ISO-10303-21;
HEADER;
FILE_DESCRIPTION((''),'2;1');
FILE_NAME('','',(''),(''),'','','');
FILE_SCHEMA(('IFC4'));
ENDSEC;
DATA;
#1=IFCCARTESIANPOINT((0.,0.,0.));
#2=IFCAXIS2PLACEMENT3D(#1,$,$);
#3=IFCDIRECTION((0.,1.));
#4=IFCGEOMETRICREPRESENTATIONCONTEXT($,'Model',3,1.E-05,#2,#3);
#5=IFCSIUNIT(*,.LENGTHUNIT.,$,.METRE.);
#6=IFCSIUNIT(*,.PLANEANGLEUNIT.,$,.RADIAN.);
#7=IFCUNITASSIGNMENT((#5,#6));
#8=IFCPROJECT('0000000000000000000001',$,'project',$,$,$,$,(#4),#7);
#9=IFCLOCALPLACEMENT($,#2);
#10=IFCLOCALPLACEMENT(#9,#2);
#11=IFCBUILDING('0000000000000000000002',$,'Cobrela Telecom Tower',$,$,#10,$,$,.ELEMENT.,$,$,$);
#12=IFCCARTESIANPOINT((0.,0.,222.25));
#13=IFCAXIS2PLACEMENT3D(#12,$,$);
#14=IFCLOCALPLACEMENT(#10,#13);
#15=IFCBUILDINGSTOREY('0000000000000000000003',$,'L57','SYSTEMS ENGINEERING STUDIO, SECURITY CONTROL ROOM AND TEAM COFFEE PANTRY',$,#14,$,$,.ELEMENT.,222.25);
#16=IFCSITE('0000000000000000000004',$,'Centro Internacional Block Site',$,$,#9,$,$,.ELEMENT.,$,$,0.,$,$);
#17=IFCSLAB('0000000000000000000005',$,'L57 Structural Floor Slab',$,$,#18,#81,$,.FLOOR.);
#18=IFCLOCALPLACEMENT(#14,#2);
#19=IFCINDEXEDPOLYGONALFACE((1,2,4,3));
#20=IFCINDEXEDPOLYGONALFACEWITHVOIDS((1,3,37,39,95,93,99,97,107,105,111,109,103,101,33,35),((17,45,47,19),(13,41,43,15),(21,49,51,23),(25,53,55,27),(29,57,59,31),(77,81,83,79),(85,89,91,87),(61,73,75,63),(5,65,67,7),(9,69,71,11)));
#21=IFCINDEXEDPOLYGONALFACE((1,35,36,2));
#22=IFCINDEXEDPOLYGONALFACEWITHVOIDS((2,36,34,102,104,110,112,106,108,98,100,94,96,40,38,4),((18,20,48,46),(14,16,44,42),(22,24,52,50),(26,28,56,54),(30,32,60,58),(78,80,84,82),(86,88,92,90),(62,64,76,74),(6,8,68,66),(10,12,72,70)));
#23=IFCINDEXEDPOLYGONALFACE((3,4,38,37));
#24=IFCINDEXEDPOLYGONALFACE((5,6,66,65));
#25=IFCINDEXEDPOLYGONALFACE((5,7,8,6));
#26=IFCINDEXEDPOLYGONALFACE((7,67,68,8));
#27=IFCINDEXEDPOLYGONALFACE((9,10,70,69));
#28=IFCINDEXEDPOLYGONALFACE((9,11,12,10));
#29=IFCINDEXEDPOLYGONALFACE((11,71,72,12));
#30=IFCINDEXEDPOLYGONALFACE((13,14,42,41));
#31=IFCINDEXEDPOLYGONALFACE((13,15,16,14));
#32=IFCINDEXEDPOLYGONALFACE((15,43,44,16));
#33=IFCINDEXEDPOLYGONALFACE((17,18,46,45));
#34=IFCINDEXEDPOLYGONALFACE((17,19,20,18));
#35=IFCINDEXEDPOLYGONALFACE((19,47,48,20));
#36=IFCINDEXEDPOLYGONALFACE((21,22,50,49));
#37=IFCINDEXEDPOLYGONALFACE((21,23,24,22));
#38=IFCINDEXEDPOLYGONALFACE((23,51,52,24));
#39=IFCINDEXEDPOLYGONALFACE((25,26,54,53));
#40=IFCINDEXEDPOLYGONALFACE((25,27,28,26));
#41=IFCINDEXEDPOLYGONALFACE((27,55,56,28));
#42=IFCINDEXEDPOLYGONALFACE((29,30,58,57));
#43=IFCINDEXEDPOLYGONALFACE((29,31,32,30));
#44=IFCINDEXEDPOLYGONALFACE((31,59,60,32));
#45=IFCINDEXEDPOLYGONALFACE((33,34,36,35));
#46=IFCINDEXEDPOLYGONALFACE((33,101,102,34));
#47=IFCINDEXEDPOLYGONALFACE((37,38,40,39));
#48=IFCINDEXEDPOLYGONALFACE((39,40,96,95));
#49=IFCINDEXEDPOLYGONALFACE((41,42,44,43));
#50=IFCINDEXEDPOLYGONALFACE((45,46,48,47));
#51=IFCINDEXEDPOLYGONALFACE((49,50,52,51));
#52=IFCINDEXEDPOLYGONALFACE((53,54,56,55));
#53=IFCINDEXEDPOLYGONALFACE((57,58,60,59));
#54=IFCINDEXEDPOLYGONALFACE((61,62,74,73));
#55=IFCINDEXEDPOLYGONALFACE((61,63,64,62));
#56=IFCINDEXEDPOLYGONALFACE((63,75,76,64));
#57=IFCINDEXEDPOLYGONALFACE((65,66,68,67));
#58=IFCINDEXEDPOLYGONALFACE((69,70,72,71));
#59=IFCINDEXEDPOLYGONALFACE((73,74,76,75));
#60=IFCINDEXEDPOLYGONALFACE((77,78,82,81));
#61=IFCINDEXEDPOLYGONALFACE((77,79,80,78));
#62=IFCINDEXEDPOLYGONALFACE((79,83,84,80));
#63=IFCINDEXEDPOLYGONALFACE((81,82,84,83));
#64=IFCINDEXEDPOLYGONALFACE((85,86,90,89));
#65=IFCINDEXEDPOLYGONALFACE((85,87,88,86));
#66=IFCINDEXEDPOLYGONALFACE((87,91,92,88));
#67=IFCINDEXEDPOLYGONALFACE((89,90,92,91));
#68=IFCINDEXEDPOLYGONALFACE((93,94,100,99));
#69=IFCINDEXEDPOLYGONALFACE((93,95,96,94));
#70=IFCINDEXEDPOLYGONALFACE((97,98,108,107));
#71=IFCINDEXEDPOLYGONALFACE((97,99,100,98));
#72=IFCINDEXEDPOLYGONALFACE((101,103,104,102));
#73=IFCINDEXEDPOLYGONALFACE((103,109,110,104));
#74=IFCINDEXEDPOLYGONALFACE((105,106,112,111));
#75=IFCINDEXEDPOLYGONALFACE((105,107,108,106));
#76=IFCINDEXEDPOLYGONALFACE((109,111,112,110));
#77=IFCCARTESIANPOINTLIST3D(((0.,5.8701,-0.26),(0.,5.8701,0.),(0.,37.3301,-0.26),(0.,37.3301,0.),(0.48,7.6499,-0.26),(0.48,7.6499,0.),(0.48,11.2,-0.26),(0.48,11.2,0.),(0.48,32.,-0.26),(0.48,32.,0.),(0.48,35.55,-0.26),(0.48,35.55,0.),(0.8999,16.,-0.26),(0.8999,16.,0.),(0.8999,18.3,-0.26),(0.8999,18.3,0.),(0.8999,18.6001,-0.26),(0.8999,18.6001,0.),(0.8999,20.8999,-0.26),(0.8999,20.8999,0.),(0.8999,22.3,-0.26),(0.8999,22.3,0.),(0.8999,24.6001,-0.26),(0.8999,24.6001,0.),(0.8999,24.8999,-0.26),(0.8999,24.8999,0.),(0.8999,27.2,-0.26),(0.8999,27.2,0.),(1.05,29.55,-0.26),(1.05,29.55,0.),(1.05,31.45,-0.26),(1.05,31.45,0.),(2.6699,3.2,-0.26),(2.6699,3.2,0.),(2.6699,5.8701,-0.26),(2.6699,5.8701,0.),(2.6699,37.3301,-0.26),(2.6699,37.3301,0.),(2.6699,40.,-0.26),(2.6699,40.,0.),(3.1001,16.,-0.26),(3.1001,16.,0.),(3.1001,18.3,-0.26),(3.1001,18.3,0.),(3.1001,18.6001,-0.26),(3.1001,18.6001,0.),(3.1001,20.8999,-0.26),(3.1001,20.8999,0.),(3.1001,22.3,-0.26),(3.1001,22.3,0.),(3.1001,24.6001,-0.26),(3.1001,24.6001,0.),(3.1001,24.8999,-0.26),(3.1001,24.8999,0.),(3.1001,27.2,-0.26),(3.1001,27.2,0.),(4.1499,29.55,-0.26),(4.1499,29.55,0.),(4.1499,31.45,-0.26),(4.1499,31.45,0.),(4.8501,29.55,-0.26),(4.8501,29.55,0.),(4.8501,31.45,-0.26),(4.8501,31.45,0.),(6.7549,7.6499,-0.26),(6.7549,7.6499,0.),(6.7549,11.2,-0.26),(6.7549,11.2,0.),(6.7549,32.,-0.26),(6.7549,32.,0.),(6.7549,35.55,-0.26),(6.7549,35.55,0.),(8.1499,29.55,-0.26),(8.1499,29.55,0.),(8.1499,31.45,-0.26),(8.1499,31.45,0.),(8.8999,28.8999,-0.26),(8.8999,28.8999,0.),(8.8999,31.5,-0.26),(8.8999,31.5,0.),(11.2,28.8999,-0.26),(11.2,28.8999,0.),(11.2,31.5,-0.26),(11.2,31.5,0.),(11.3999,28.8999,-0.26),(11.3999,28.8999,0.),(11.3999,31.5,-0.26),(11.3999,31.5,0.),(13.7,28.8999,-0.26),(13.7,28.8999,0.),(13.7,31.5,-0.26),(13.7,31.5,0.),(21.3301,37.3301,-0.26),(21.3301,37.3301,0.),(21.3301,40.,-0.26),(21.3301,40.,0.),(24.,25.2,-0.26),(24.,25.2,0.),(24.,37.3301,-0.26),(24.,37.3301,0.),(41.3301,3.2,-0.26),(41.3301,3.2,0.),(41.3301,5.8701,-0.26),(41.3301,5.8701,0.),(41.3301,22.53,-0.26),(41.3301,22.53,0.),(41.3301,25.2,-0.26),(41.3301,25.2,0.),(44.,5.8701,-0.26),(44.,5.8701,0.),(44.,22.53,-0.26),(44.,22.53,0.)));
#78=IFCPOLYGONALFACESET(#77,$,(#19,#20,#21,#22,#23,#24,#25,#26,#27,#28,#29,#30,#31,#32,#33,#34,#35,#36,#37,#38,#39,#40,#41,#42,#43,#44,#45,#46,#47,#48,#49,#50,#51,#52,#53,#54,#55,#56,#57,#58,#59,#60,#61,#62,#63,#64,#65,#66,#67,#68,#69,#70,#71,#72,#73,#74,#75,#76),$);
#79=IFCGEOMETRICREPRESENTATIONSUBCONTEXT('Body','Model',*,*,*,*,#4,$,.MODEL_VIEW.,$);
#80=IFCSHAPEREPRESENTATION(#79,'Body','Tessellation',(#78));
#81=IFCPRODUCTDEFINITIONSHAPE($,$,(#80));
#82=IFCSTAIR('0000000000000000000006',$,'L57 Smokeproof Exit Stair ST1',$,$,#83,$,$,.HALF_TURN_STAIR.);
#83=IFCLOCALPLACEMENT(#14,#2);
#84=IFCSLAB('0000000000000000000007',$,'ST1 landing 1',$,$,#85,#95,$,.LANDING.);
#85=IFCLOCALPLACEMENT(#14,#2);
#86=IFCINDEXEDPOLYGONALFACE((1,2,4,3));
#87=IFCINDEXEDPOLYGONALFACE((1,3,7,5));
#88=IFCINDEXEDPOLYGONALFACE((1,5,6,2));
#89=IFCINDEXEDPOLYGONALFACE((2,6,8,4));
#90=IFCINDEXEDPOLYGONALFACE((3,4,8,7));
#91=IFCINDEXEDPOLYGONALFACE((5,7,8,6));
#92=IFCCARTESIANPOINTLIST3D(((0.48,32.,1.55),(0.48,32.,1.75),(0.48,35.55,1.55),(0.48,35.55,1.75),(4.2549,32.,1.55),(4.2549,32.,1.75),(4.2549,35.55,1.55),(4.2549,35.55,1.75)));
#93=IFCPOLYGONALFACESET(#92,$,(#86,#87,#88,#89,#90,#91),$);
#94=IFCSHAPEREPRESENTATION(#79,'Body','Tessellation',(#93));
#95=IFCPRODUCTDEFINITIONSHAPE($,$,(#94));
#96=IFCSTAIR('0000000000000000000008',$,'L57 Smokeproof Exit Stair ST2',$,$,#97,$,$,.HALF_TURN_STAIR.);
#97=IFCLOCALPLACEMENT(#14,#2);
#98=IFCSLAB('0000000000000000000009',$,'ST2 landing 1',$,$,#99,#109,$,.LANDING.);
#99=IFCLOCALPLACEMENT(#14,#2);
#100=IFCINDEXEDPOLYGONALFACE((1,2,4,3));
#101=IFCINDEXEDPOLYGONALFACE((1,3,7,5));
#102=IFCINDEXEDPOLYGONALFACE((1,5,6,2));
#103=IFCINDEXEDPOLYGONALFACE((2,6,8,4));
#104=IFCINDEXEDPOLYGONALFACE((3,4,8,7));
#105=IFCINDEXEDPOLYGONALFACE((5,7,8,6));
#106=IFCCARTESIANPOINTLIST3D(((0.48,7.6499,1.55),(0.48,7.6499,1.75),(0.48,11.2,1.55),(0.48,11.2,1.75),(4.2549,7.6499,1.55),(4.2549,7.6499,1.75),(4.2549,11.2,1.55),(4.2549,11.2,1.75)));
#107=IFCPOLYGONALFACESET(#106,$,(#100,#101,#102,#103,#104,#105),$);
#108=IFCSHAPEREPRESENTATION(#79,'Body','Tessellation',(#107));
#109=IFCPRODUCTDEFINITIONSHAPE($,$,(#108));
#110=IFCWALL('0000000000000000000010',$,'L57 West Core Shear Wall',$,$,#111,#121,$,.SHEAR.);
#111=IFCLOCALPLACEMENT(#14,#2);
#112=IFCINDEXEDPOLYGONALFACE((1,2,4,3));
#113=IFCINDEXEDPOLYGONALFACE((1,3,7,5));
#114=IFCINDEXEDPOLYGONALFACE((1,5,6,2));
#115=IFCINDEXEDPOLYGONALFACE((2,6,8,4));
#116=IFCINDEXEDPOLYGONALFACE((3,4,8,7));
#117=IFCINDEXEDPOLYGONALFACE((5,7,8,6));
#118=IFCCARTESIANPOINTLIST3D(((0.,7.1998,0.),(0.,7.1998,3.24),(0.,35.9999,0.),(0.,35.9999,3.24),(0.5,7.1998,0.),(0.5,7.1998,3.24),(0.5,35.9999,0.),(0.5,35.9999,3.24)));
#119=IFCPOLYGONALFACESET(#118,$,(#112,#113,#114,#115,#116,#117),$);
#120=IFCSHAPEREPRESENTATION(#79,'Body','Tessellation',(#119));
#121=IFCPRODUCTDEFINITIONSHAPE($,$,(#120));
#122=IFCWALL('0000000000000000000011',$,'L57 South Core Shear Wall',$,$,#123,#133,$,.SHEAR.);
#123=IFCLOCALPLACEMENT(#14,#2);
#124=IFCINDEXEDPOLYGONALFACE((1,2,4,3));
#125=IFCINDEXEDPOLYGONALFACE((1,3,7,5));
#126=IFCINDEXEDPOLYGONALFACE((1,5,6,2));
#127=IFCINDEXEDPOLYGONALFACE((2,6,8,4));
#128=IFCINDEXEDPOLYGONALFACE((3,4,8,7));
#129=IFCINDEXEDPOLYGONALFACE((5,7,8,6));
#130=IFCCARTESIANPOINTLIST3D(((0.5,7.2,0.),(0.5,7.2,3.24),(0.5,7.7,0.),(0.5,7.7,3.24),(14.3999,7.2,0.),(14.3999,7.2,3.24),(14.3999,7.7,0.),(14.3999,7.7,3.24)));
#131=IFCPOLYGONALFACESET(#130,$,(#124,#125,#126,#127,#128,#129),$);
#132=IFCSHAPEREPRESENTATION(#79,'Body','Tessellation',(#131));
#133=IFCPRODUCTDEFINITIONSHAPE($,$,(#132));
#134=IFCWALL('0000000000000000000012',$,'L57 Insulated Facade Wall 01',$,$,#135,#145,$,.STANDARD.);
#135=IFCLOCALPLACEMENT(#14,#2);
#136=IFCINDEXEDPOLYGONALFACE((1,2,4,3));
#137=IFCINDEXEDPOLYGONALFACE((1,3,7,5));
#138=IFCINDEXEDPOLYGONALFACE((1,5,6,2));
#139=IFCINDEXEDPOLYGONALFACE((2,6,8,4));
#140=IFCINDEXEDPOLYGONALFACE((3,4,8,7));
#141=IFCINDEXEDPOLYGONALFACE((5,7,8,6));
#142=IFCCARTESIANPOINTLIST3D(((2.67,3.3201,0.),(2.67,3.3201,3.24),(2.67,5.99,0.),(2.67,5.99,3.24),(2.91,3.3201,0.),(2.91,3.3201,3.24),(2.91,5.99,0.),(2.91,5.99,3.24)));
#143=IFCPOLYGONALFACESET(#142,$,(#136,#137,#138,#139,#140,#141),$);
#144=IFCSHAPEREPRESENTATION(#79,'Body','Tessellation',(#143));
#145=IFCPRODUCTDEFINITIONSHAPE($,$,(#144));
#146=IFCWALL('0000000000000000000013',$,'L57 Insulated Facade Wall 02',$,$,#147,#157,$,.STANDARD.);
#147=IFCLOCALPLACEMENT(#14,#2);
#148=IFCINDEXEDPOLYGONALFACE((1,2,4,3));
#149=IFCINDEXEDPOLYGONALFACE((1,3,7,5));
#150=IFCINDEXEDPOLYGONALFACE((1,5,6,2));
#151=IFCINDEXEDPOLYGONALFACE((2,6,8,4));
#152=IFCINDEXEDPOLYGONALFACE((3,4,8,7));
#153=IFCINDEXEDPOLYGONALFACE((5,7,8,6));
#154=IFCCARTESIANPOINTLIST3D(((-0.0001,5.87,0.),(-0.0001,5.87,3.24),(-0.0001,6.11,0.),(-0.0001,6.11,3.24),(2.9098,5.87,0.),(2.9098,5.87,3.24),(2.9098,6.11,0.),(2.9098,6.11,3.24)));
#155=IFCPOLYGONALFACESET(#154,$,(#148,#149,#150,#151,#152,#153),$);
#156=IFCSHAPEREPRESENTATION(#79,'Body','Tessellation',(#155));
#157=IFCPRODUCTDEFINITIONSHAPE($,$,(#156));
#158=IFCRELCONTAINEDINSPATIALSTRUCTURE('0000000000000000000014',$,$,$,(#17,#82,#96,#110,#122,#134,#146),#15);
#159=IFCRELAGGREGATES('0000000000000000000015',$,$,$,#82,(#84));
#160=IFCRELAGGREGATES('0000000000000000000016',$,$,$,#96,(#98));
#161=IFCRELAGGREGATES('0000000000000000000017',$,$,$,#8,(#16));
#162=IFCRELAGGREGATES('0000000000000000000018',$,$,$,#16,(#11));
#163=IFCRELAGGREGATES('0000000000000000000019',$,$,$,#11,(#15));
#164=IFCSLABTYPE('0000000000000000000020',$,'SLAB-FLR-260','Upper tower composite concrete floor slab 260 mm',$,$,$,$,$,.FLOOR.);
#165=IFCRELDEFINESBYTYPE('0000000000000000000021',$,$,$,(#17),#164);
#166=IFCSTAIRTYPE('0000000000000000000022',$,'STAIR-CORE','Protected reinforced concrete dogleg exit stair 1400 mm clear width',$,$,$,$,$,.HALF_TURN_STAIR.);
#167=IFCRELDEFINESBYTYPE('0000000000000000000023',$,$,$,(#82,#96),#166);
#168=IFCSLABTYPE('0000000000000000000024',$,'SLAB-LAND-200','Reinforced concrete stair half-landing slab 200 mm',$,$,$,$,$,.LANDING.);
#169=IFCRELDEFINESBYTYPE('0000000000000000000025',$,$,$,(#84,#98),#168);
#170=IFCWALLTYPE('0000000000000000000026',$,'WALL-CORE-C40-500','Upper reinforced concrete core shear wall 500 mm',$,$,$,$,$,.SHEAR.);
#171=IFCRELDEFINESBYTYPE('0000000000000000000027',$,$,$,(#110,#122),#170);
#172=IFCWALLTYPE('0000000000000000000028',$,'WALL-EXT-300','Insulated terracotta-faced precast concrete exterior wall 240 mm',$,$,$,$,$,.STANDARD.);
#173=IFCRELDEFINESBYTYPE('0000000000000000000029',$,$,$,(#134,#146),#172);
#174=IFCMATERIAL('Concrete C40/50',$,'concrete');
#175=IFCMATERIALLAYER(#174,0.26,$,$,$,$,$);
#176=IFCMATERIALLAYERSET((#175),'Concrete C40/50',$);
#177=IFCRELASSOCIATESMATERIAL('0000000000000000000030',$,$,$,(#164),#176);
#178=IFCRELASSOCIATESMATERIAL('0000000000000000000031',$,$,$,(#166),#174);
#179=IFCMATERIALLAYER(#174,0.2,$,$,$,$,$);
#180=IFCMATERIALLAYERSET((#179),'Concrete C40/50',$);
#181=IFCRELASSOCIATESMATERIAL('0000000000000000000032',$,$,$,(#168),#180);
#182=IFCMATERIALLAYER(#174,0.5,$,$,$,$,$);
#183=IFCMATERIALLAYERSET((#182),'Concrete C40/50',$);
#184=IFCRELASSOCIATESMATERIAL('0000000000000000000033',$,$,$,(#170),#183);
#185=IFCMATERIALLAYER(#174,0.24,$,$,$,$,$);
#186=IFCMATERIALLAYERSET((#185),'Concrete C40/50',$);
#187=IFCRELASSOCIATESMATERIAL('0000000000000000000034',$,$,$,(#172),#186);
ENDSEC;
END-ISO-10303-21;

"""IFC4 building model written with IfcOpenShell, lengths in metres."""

from ifc_helpers import new_model, si_unit, direction, frame, frame_2d, origin, place, context, subcontext, project, spatial, polyline, rectangle, outline, extrude, material, layer, layer_set, type_object, element, aggregate, save


model = new_model("IFC4")

# Units and contexts
model_context = context("Model", 3, precision=1e-05, world=origin(), true_north=direction((0.0, 1.0)))
body_context = subcontext(model_context, "Body", "Model", "MODEL_VIEW")
ifc_project = project(units=[si_unit("LENGTHUNIT", "METRE"), si_unit("PLANEANGLEUNIT", "RADIAN")], contexts=[model_context])

# Site, building, storey
site_placement = place(None, origin())
site = spatial("IfcSite", under=ifc_project, at=site_placement, Name="Centro Internacional Block Site", CompositionType="ELEMENT", RefElevation=0.0)
building_placement = place(site_placement, origin())
building = spatial("IfcBuilding", under=site, at=building_placement, Name="Cobrela Telecom Tower", CompositionType="ELEMENT")
storey_placement = place(building_placement, frame((0.0, 0.0, 222.25)))
storey = spatial("IfcBuildingStorey", under=building, at=storey_placement, Name="L57", Description="SYSTEMS ENGINEERING STUDIO, SECURITY CONTROL ROOM AND TEAM COFFEE PANTRY", CompositionType="ELEMENT", Elevation=222.25)

# Slab, openings
ifc_material_1 = material(Name="Concrete C40/50", Category="concrete")
ifc_layer_1 = layer(ifc_material_1, 0.26)
ifc_layer_set_1 = layer_set([ifc_layer_1], Name="Concrete C40/50")
slab_type_1 = type_object("IfcSlabType", Name="SLAB-FLR-260", Description="Upper tower composite concrete floor slab 260 mm", PredefinedType="FLOOR", material=ifc_layer_set_1)
slab_1_placement = place(storey_placement, frame((0.0, 0.0, -0.26)))
slab_1 = element("IfcSlab", 1, at=slab_1_placement, inside=storey, type_object=slab_type_1, Name="L57 Structural Floor Slab", PredefinedType="FLOOR", context=body_context, shape_type="SweptSolid", body=[
    extrude(outline(polyline([(2.6699, 3.2), (41.3301, 3.2), (41.3301, 5.8701), (44.0, 5.8701), (44.0, 22.53), (41.3301, 22.53), (41.3301, 25.2), (24.0, 25.2), (24.0, 37.3301), (21.3301, 37.3301), (21.3301, 40.0), (2.6699, 40.0), (2.6699, 37.3301), (0.0, 37.3301), (0.0, 5.8701), (2.6699, 5.8701), (2.6699, 3.2)])), origin(), (0.0, 0.0, 1.0), 0.26),
])
opening_1_placement = place(slab_1_placement, frame((0.0, 0.0, -0.02)))
element("IfcOpeningElement", 2, at=opening_1_placement, cuts=slab_1, PredefinedType="OPENING", context=body_context, shape_type="SweptSolid", body=[
    extrude(outline(polyline([(8.8999, 28.8999), (11.2, 28.8999), (11.2, 31.5), (8.8999, 31.5), (8.8999, 28.8999)])), origin(), (0.0, 0.0, 1.0), 0.3),
])
opening_2_placement = place(slab_1_placement, frame((0.0, 0.0, -0.02)))
element("IfcOpeningElement", 3, at=opening_2_placement, cuts=slab_1, PredefinedType="OPENING", context=body_context, shape_type="SweptSolid", body=[
    extrude(outline(polyline([(11.3999, 28.8999), (13.7, 28.8999), (13.7, 31.5), (11.3999, 31.5), (11.3999, 28.8999)])), origin(), (0.0, 0.0, 1.0), 0.3),
])
opening_3_placement = place(slab_1_placement, frame((0.0, 0.0, -0.02)))
element("IfcOpeningElement", 4, at=opening_3_placement, cuts=slab_1, PredefinedType="OPENING", context=body_context, shape_type="SweptSolid", body=[
    extrude(outline(polyline([(0.8999, 16.0), (3.1001, 16.0), (3.1001, 18.3), (0.8999, 18.3), (0.8999, 16.0)])), origin(), (0.0, 0.0, 1.0), 0.3),
])
opening_4_placement = place(slab_1_placement, frame((0.0, 0.0, -0.02)))
element("IfcOpeningElement", 5, at=opening_4_placement, cuts=slab_1, PredefinedType="OPENING", context=body_context, shape_type="SweptSolid", body=[
    extrude(outline(polyline([(0.8999, 18.6001), (3.1001, 18.6001), (3.1001, 20.8999), (0.8999, 20.8999), (0.8999, 18.6001)])), origin(), (0.0, 0.0, 1.0), 0.3),
])
opening_5_placement = place(slab_1_placement, frame((0.0, 0.0, -0.02)))
element("IfcOpeningElement", 6, at=opening_5_placement, cuts=slab_1, PredefinedType="OPENING", context=body_context, shape_type="SweptSolid", body=[
    extrude(outline(polyline([(0.8999, 22.3), (3.1001, 22.3), (3.1001, 24.6001), (0.8999, 24.6001), (0.8999, 22.3)])), origin(), (0.0, 0.0, 1.0), 0.3),
])
opening_6_placement = place(slab_1_placement, frame((0.0, 0.0, -0.02)))
element("IfcOpeningElement", 7, at=opening_6_placement, cuts=slab_1, PredefinedType="OPENING", context=body_context, shape_type="SweptSolid", body=[
    extrude(outline(polyline([(0.8999, 24.8999), (3.1001, 24.8999), (3.1001, 27.2), (0.8999, 27.2), (0.8999, 24.8999)])), origin(), (0.0, 0.0, 1.0), 0.3),
])
opening_7_placement = place(slab_1_placement, frame((0.0, 0.0, -0.02)))
element("IfcOpeningElement", 8, at=opening_7_placement, cuts=slab_1, PredefinedType="OPENING", context=body_context, shape_type="SweptSolid", body=[
    extrude(outline(polyline([(1.05, 29.55), (4.1499, 29.55), (4.1499, 31.45), (1.05, 31.45), (1.05, 29.55)])), origin(), (0.0, 0.0, 1.0), 0.3),
])
opening_8_placement = place(slab_1_placement, frame((0.0, 0.0, -0.02)))
element("IfcOpeningElement", 9, at=opening_8_placement, cuts=slab_1, PredefinedType="OPENING", context=body_context, shape_type="SweptSolid", body=[
    extrude(outline(polyline([(4.8501, 29.55), (8.1499, 29.55), (8.1499, 31.45), (4.8501, 31.45), (4.8501, 29.55)])), origin(), (0.0, 0.0, 1.0), 0.3),
])
opening_9_placement = place(slab_1_placement, frame((0.0, 0.0, -0.02)))
element("IfcOpeningElement", 10, at=opening_9_placement, cuts=slab_1, PredefinedType="OPENING", context=body_context, shape_type="SweptSolid", body=[
    extrude(outline(polyline([(6.7549, 35.55), (0.48, 35.55), (0.48, 32.0), (6.7549, 32.0), (6.7549, 35.55)])), origin(), (0.0, 0.0, 1.0), 0.3),
])
opening_10_placement = place(slab_1_placement, frame((0.0, 0.0, -0.02)))
element("IfcOpeningElement", 11, at=opening_10_placement, cuts=slab_1, PredefinedType="OPENING", context=body_context, shape_type="SweptSolid", body=[
    extrude(outline(polyline([(6.7549, 11.2), (0.48, 11.2), (0.48, 7.6499), (6.7549, 7.6499), (6.7549, 11.2)])), origin(), (0.0, 0.0, 1.0), 0.3),
])

# Stairs, slabs
stair_type = type_object("IfcStairType", Name="STAIR-CORE", Description="Protected reinforced concrete dogleg exit stair 1400 mm clear width", PredefinedType="HALF_TURN_STAIR", material=ifc_material_1)
stair_1_placement = place(storey_placement, origin())
stair_1 = element("IfcStair", 12, at=stair_1_placement, inside=storey, type_object=stair_type, Name="L57 Smokeproof Exit Stair ST1", PredefinedType="HALF_TURN_STAIR")
ifc_layer_2 = layer(ifc_material_1, 0.2)
ifc_layer_set_2 = layer_set([ifc_layer_2], Name="Concrete C40/50")
slab_type_2 = type_object("IfcSlabType", Name="SLAB-LAND-200", Description="Reinforced concrete stair half-landing slab 200 mm", PredefinedType="LANDING", material=ifc_layer_set_2)
slab_2_placement = place(storey_placement, frame((0.0, 0.0, 1.55)))
slab_2 = element("IfcSlab", 13, at=slab_2_placement, type_object=slab_type_2, Name="ST1 landing 1", PredefinedType="LANDING", context=body_context, shape_type="SweptSolid", body=[
    extrude(outline(polyline([(4.2549, 35.55), (0.48, 35.55), (0.48, 32.0), (4.2549, 32.0), (4.2549, 35.55)])), origin(), (0.0, 0.0, 1.0), 0.2),
])
aggregate(stair_1, [slab_2])
stair_2_placement = place(storey_placement, origin())
stair_2 = element("IfcStair", 14, at=stair_2_placement, inside=storey, type_object=stair_type, Name="L57 Smokeproof Exit Stair ST2", PredefinedType="HALF_TURN_STAIR")
slab_3_placement = place(storey_placement, frame((0.0, 0.0, 1.55)))
slab_3 = element("IfcSlab", 15, at=slab_3_placement, type_object=slab_type_2, Name="ST2 landing 1", PredefinedType="LANDING", context=body_context, shape_type="SweptSolid", body=[
    extrude(outline(polyline([(4.2549, 11.2), (0.48, 11.2), (0.48, 7.6499), (4.2549, 7.6499), (4.2549, 11.2)])), origin(), (0.0, 0.0, 1.0), 0.2),
])

# Walls
ifc_layer_3 = layer(ifc_material_1, 0.5)
ifc_layer_set_3 = layer_set([ifc_layer_3], Name="Concrete C40/50")
wall_type_1 = type_object("IfcWallType", Name="WALL-CORE-C40-500", Description="Upper reinforced concrete core shear wall 500 mm", PredefinedType="SHEAR", material=ifc_layer_set_3)
wall_1_placement = place(storey_placement, frame((0.25, 7.2, 0.0), z_axis=(0.0, 0.0, 1.0), x_axis=(0.0, 1.0, 0.0)))
element("IfcWall", 16, at=wall_1_placement, inside=storey, type_object=wall_type_1, Name="L57 West Core Shear Wall", PredefinedType="SHEAR", context=body_context, shape_type="SweptSolid", body=[
    extrude(rectangle(XDim=28.8, YDim=0.5, at=frame_2d((14.3999, 0.0))), origin(), (0.0, 0.0, 1.0), 3.24),
])
wall_2_placement = place(storey_placement, frame((0.5, 7.45, 0.0), z_axis=(0.0, 0.0, 1.0), x_axis=(1.0, 0.0, 0.0)))
element("IfcWall", 17, at=wall_2_placement, inside=storey, type_object=wall_type_1, Name="L57 South Core Shear Wall", PredefinedType="SHEAR", context=body_context, shape_type="SweptSolid", body=[
    extrude(rectangle(XDim=13.8999, YDim=0.5, at=frame_2d((6.95, 0.0))), origin(), (0.0, 0.0, 1.0), 3.24),
])
ifc_layer_4 = layer(ifc_material_1, 0.24)
ifc_layer_set_4 = layer_set([ifc_layer_4], Name="Concrete C40/50")
wall_type_2 = type_object("IfcWallType", Name="WALL-EXT-300", Description="Insulated terracotta-faced precast concrete exterior wall 240 mm", PredefinedType="STANDARD", material=ifc_layer_set_4)
wall_3_placement = place(storey_placement, frame((2.79, 3.3201, 0.0), z_axis=(0.0, 0.0, 1.0), x_axis=(0.0, 1.0, 0.0)))
element("IfcWall", 18, at=wall_3_placement, inside=storey, type_object=wall_type_2, Name="L57 Insulated Facade Wall 01", PredefinedType="STANDARD", context=body_context, shape_type="SweptSolid", body=[
    extrude(rectangle(XDim=2.6699, YDim=0.24, at=frame_2d((1.335, 0.0))), origin(), (0.0, 0.0, 1.0), 3.24),
])
wall_4_placement = place(storey_placement, frame((2.9099, 5.99, 0.0), z_axis=(0.0, 0.0, 1.0), x_axis=(-1.0, 0.0, 0.0)))
element("IfcWall", 19, at=wall_4_placement, inside=storey, type_object=wall_type_2, Name="L57 Insulated Facade Wall 02", PredefinedType="STANDARD", context=body_context, shape_type="SweptSolid", body=[
    extrude(rectangle(XDim=2.9099, YDim=0.24, at=frame_2d((1.4551, 0.0))), origin(), (0.0, 0.0, 1.0), 3.24),
])

aggregate(stair_2, [slab_3])

save(model, "model.ifc")
